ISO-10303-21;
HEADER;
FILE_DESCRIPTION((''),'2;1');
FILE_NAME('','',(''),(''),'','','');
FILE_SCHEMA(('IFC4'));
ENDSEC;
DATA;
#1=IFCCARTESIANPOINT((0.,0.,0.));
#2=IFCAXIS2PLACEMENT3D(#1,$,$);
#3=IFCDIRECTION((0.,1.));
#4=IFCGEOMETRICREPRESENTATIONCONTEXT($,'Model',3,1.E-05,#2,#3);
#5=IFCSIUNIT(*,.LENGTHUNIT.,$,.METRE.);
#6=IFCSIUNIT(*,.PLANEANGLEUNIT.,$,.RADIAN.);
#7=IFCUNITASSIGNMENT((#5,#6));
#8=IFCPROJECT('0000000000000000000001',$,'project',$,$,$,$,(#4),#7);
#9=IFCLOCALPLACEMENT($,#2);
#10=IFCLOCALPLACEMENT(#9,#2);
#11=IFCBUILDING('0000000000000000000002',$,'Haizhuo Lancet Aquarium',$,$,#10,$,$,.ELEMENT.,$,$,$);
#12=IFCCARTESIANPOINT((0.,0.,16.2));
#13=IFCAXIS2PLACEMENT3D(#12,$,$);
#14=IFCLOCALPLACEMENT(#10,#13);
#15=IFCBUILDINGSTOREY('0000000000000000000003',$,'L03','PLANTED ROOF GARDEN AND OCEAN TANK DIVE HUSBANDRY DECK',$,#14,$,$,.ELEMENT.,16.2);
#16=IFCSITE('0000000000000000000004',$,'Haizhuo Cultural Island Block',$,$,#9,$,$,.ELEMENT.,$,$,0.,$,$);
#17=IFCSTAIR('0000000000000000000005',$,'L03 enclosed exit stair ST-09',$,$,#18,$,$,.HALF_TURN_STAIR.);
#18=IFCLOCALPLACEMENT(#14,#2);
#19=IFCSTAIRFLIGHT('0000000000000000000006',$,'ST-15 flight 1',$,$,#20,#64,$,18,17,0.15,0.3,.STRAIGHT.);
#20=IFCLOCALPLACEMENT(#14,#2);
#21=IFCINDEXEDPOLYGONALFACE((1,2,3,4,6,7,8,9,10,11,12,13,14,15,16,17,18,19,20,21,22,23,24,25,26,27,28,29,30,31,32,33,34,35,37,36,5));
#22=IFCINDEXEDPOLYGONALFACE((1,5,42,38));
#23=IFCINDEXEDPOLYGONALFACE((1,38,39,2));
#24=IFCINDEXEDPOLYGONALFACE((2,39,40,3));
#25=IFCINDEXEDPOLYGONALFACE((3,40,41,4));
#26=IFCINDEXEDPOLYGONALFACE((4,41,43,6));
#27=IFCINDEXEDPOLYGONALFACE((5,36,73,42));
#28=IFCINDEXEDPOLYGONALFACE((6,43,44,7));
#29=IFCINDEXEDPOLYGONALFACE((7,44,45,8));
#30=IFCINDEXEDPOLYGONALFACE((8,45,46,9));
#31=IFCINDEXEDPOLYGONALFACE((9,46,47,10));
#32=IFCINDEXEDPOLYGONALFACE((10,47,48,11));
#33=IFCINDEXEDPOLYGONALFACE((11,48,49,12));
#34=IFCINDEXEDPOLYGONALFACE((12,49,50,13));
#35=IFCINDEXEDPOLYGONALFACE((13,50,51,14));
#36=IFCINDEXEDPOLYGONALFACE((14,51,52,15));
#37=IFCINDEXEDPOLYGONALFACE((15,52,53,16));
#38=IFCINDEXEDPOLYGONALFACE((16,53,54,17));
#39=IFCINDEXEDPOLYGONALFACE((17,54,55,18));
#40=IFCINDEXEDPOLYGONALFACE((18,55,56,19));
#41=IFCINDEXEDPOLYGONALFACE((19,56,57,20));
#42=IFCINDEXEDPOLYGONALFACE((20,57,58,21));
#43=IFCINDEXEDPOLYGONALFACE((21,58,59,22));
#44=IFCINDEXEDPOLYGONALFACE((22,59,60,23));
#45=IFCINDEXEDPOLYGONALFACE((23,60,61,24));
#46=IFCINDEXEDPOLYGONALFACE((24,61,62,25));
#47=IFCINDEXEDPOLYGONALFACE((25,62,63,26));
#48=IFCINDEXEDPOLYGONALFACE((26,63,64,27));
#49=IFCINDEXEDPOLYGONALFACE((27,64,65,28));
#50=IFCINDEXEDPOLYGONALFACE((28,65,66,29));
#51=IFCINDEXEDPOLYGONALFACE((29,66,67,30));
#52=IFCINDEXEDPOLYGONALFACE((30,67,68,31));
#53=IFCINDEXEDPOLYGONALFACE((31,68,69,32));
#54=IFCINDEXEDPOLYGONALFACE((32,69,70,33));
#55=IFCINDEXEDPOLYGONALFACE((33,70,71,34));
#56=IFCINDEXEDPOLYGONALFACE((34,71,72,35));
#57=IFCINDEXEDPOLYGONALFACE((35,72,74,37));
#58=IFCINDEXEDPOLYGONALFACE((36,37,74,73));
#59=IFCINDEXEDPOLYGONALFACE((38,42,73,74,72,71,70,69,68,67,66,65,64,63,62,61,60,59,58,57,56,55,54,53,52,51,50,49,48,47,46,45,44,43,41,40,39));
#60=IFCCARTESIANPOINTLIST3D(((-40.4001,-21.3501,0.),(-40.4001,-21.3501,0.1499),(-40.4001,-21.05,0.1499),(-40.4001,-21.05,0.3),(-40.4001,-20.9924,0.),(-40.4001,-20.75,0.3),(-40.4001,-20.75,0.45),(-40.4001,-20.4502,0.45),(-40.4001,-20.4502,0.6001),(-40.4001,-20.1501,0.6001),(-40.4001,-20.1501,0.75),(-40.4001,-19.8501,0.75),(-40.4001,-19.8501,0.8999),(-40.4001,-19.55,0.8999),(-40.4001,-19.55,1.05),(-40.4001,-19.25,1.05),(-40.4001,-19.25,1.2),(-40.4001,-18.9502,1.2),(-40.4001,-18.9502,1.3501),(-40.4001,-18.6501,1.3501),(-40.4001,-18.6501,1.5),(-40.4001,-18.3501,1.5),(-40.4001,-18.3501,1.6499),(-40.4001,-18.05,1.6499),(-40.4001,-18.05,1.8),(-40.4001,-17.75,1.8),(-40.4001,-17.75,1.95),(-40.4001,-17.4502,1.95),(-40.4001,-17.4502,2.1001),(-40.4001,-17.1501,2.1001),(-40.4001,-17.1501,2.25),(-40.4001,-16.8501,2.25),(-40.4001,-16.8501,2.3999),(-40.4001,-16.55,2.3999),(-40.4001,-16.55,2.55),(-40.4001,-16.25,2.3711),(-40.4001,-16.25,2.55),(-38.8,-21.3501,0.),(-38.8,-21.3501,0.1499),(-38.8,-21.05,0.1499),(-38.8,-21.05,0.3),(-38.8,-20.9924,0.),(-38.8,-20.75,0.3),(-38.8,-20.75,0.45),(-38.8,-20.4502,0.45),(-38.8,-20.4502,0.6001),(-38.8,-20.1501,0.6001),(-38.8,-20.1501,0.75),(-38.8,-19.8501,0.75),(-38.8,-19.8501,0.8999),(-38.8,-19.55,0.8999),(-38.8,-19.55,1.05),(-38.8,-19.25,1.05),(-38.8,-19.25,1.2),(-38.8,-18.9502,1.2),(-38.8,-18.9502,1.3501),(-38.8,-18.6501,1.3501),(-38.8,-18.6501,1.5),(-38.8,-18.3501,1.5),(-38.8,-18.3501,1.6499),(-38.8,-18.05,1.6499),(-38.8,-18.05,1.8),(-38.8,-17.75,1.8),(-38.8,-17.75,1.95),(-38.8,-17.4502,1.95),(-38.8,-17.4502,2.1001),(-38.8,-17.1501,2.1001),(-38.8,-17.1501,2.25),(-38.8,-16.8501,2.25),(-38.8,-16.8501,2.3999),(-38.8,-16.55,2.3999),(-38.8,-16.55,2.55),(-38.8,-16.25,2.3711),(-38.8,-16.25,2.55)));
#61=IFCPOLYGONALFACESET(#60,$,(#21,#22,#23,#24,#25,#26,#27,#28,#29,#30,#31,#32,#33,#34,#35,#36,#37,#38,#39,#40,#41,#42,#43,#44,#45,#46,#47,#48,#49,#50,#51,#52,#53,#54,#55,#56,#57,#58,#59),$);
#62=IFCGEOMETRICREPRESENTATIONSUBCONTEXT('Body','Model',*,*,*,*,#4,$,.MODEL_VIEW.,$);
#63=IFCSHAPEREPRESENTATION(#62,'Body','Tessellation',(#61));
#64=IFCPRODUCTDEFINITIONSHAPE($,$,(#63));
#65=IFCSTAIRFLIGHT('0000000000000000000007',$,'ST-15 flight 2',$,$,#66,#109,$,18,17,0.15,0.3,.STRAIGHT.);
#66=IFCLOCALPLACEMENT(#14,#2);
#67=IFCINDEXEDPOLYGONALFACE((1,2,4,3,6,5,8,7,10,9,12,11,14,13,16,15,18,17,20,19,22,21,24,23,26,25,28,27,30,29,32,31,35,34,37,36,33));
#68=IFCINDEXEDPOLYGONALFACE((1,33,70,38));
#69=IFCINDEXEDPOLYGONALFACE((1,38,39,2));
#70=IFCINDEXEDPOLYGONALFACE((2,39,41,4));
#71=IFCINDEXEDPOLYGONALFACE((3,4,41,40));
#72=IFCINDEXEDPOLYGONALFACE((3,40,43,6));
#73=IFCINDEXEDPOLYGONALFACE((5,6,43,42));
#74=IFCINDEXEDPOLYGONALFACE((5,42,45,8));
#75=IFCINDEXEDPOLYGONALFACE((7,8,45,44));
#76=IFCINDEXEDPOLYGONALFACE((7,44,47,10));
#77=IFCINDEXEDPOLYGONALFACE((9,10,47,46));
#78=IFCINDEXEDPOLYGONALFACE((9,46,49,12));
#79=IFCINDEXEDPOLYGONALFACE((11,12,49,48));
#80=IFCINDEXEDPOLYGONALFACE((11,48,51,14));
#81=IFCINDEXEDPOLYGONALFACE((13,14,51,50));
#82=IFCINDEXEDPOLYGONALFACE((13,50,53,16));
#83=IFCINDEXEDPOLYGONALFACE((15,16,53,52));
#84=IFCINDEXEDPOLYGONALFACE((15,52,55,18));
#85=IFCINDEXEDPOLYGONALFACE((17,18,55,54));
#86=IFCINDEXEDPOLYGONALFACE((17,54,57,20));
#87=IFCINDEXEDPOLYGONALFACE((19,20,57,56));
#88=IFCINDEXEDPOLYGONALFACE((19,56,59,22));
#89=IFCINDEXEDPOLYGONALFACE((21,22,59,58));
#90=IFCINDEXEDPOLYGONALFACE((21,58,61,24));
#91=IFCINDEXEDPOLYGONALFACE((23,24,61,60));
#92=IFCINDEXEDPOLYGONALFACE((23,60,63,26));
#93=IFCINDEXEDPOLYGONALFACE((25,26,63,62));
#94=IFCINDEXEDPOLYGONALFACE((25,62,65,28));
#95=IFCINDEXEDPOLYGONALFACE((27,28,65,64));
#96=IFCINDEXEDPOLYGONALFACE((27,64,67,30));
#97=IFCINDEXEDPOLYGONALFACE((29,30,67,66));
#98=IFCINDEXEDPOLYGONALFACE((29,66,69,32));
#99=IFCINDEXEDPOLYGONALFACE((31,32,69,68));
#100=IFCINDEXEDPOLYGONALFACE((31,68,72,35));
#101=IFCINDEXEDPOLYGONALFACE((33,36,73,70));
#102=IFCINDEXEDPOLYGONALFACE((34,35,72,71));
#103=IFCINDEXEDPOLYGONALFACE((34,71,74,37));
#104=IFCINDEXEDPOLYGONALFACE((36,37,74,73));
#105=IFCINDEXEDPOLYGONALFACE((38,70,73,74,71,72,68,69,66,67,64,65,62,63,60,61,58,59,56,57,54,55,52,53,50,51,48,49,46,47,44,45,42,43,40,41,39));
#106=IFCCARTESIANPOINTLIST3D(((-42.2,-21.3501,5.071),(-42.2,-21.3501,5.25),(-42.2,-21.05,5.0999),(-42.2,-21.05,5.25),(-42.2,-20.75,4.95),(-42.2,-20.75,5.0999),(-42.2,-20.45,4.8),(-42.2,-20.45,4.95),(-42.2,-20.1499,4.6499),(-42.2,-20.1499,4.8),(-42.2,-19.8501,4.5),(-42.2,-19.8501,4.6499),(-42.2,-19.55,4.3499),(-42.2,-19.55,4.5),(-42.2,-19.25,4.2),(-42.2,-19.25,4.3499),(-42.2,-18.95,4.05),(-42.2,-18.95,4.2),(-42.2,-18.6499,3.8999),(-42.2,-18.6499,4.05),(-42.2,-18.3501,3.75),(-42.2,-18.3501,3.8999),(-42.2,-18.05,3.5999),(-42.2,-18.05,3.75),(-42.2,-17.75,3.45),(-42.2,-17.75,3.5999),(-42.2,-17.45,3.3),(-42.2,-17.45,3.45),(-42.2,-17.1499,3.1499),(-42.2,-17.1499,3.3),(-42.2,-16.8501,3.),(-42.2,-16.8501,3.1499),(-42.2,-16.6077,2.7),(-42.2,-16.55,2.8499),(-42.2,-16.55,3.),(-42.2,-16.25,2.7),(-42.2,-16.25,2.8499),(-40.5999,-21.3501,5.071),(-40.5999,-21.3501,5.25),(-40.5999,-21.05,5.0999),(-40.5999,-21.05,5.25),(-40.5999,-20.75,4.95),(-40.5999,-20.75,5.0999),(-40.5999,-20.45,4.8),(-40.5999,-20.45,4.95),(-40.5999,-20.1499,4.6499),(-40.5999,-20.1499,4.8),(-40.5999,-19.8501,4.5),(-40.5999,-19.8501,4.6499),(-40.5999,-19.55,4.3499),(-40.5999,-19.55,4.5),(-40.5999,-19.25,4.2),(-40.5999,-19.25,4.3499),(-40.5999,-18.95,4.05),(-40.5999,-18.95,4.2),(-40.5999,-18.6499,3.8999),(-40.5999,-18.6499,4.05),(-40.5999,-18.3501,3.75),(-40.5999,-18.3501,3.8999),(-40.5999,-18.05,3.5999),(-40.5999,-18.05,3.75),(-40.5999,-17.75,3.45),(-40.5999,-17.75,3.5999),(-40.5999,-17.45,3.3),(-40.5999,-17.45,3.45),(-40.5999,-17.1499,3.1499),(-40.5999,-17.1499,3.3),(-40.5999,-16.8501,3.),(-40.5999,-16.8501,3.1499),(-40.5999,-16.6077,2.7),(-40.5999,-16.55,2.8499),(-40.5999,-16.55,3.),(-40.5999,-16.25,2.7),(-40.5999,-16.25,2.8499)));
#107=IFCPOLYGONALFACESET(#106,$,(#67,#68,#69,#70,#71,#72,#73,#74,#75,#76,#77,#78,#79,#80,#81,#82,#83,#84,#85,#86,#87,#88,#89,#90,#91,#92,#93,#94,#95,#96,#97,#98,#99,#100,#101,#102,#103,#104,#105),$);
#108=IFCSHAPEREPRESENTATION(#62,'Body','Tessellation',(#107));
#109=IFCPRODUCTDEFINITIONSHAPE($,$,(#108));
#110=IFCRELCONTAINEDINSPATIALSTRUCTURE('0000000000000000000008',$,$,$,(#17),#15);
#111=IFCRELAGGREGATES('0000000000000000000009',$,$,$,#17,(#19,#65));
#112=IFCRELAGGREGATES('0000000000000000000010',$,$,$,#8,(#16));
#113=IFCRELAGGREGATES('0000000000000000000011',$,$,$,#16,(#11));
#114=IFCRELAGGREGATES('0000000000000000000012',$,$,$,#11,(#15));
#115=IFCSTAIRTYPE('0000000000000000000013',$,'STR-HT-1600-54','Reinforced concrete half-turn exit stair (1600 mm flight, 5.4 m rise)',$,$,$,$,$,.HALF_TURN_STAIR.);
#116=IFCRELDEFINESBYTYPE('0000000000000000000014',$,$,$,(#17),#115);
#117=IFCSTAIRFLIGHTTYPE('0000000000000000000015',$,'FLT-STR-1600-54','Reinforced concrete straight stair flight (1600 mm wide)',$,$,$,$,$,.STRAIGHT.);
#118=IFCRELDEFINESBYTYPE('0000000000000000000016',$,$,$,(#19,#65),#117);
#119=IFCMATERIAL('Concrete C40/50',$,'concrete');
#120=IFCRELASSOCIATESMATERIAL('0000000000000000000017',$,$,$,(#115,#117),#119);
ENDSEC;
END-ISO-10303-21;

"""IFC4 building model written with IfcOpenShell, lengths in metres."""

from ifc_helpers import new_model, si_unit, direction, frame, origin, place, context, subcontext, project, spatial, polyline, outline, extrude, material, type_object, element, aggregate, save


model = new_model("IFC4")

# Units and contexts
model_context = context("Model", 3, precision=1e-05, world=origin(), true_north=direction((0.0, 1.0)))
body_context = subcontext(model_context, "Body", "Model", "MODEL_VIEW")
ifc_project = project(units=[si_unit("LENGTHUNIT", "METRE"), si_unit("PLANEANGLEUNIT", "RADIAN")], contexts=[model_context])

# Site, building, storey
site_placement = place(None, origin())
site = spatial("IfcSite", under=ifc_project, at=site_placement, Name="Haizhuo Cultural Island Block", CompositionType="ELEMENT", RefElevation=0.0)
building_placement = place(site_placement, origin())
building = spatial("IfcBuilding", under=site, at=building_placement, Name="Haizhuo Lancet Aquarium", CompositionType="ELEMENT")
storey_placement = place(building_placement, frame((0.0, 0.0, 16.2)))
storey = spatial("IfcBuildingStorey", under=building, at=storey_placement, Name="L03", Description="PLANTED ROOF GARDEN AND OCEAN TANK DIVE HUSBANDRY DECK", CompositionType="ELEMENT", Elevation=16.2)

# Shared definitions
ifc_material_1 = material(Name="Concrete C40/50", Category="concrete")

# Stair, stair flights
stair_type = type_object("IfcStairType", Name="STR-HT-1600-54", Description="Reinforced concrete half-turn exit stair (1600 mm flight, 5.4 m rise)", PredefinedType="HALF_TURN_STAIR", material=ifc_material_1)
stair_placement = place(storey_placement, origin())
stair = element("IfcStair", 1, at=stair_placement, inside=storey, type_object=stair_type, Name="L03 enclosed exit stair ST-09", PredefinedType="HALF_TURN_STAIR")
stair_flight_type = type_object("IfcStairFlightType", Name="FLT-STR-1600-54", Description="Reinforced concrete straight stair flight (1600 mm wide)", PredefinedType="STRAIGHT", material=ifc_material_1)
stair_flight_1_placement = place(storey_placement, frame((-39.6001, -21.3501, 0.0), z_axis=(0.0, 0.0, 1.0), x_axis=(0.0, 1.0, 0.0)))
stair_flight_1 = element("IfcStairFlight", 2, at=stair_flight_1_placement, type_object=stair_flight_type, Name="ST-15 flight 1", NumberOfRisers=18, NumberOfTreads=17, PredefinedType="STRAIGHT", RiserHeight=0.15, TreadLength=0.3, context=body_context, shape_type="SweptSolid", body=[
    extrude(outline(polyline([(0.0, 0.0), (0.0, 0.1499), (0.3, 0.1499), (0.3, 0.3), (0.6001, 0.3), (0.6001, 0.45), (0.8999, 0.45), (0.8999, 0.6001), (1.2, 0.6001), (1.2, 0.75), (1.5, 0.75), (1.5, 0.8999), (1.8, 0.8999), (1.8, 1.05), (2.1001, 1.05), (2.1001, 1.2), (2.3999, 1.2), (2.3999, 1.3501), (2.7, 1.3501), (2.7, 1.5), (3.0, 1.5), (3.0, 1.6499), (3.3, 1.6499), (3.3, 1.8), (3.6001, 1.8), (3.6001, 1.95), (3.8999, 1.95), (3.8999, 2.1001), (4.2, 2.1001), (4.2, 2.25), (4.5, 2.25), (4.5, 2.3999), (4.8, 2.3999), (4.8, 2.55), (5.1001, 2.55), (5.1001, 2.7), (5.1001, 2.3711), (0.3577, 0.0), (0.0, 0.0)])), frame((0.0, 0.8, 0.0), z_axis=(0.0, -1.0, 0.0), x_axis=(1.0, 0.0, 0.0)), (0.0, 0.0, 1.0), 1.6001),
])
stair_flight_2_placement = place(storey_placement, frame((-41.3999, -16.25, 2.7), z_axis=(0.0, 0.0, 1.0), x_axis=(0.0, -1.0, 0.0)))
stair_flight_2 = element("IfcStairFlight", 3, at=stair_flight_2_placement, type_object=stair_flight_type, Name="ST-15 flight 2", NumberOfRisers=18, NumberOfTreads=17, PredefinedType="STRAIGHT", RiserHeight=0.15, TreadLength=0.3, context=body_context, shape_type="SweptSolid", body=[
    extrude(outline(polyline([(0.0, 0.0), (0.0, 0.1499), (0.3, 0.1499), (0.3, 0.3), (0.6001, 0.3), (0.6001, 0.45), (0.8999, 0.45), (0.8999, 0.6001), (1.2, 0.6001), (1.2, 0.75), (1.5, 0.75), (1.5, 0.8999), (1.8, 0.8999), (1.8, 1.05), (2.1001, 1.05), (2.1001, 1.2), (2.3999, 1.2), (2.3999, 1.3501), (2.7, 1.3501), (2.7, 1.5), (3.0, 1.5), (3.0, 1.6499), (3.3, 1.6499), (3.3, 1.8), (3.6001, 1.8), (3.6001, 1.95), (3.8999, 1.95), (3.8999, 2.1001), (4.2, 2.1001), (4.2, 2.25), (4.5, 2.25), (4.5, 2.3999), (4.8, 2.3999), (4.8, 2.55), (5.1001, 2.55), (5.1001, 2.7), (5.1001, 2.3711), (0.3577, 0.0), (0.0, 0.0)])), frame((0.0, 0.8, 0.0), z_axis=(0.0, -1.0, 0.0), x_axis=(1.0, 0.0, 0.0)), (0.0, 0.0, 1.0), 1.6001),
])
aggregate(stair, [stair_flight_1, stair_flight_2])

save(model, "model.ifc")
